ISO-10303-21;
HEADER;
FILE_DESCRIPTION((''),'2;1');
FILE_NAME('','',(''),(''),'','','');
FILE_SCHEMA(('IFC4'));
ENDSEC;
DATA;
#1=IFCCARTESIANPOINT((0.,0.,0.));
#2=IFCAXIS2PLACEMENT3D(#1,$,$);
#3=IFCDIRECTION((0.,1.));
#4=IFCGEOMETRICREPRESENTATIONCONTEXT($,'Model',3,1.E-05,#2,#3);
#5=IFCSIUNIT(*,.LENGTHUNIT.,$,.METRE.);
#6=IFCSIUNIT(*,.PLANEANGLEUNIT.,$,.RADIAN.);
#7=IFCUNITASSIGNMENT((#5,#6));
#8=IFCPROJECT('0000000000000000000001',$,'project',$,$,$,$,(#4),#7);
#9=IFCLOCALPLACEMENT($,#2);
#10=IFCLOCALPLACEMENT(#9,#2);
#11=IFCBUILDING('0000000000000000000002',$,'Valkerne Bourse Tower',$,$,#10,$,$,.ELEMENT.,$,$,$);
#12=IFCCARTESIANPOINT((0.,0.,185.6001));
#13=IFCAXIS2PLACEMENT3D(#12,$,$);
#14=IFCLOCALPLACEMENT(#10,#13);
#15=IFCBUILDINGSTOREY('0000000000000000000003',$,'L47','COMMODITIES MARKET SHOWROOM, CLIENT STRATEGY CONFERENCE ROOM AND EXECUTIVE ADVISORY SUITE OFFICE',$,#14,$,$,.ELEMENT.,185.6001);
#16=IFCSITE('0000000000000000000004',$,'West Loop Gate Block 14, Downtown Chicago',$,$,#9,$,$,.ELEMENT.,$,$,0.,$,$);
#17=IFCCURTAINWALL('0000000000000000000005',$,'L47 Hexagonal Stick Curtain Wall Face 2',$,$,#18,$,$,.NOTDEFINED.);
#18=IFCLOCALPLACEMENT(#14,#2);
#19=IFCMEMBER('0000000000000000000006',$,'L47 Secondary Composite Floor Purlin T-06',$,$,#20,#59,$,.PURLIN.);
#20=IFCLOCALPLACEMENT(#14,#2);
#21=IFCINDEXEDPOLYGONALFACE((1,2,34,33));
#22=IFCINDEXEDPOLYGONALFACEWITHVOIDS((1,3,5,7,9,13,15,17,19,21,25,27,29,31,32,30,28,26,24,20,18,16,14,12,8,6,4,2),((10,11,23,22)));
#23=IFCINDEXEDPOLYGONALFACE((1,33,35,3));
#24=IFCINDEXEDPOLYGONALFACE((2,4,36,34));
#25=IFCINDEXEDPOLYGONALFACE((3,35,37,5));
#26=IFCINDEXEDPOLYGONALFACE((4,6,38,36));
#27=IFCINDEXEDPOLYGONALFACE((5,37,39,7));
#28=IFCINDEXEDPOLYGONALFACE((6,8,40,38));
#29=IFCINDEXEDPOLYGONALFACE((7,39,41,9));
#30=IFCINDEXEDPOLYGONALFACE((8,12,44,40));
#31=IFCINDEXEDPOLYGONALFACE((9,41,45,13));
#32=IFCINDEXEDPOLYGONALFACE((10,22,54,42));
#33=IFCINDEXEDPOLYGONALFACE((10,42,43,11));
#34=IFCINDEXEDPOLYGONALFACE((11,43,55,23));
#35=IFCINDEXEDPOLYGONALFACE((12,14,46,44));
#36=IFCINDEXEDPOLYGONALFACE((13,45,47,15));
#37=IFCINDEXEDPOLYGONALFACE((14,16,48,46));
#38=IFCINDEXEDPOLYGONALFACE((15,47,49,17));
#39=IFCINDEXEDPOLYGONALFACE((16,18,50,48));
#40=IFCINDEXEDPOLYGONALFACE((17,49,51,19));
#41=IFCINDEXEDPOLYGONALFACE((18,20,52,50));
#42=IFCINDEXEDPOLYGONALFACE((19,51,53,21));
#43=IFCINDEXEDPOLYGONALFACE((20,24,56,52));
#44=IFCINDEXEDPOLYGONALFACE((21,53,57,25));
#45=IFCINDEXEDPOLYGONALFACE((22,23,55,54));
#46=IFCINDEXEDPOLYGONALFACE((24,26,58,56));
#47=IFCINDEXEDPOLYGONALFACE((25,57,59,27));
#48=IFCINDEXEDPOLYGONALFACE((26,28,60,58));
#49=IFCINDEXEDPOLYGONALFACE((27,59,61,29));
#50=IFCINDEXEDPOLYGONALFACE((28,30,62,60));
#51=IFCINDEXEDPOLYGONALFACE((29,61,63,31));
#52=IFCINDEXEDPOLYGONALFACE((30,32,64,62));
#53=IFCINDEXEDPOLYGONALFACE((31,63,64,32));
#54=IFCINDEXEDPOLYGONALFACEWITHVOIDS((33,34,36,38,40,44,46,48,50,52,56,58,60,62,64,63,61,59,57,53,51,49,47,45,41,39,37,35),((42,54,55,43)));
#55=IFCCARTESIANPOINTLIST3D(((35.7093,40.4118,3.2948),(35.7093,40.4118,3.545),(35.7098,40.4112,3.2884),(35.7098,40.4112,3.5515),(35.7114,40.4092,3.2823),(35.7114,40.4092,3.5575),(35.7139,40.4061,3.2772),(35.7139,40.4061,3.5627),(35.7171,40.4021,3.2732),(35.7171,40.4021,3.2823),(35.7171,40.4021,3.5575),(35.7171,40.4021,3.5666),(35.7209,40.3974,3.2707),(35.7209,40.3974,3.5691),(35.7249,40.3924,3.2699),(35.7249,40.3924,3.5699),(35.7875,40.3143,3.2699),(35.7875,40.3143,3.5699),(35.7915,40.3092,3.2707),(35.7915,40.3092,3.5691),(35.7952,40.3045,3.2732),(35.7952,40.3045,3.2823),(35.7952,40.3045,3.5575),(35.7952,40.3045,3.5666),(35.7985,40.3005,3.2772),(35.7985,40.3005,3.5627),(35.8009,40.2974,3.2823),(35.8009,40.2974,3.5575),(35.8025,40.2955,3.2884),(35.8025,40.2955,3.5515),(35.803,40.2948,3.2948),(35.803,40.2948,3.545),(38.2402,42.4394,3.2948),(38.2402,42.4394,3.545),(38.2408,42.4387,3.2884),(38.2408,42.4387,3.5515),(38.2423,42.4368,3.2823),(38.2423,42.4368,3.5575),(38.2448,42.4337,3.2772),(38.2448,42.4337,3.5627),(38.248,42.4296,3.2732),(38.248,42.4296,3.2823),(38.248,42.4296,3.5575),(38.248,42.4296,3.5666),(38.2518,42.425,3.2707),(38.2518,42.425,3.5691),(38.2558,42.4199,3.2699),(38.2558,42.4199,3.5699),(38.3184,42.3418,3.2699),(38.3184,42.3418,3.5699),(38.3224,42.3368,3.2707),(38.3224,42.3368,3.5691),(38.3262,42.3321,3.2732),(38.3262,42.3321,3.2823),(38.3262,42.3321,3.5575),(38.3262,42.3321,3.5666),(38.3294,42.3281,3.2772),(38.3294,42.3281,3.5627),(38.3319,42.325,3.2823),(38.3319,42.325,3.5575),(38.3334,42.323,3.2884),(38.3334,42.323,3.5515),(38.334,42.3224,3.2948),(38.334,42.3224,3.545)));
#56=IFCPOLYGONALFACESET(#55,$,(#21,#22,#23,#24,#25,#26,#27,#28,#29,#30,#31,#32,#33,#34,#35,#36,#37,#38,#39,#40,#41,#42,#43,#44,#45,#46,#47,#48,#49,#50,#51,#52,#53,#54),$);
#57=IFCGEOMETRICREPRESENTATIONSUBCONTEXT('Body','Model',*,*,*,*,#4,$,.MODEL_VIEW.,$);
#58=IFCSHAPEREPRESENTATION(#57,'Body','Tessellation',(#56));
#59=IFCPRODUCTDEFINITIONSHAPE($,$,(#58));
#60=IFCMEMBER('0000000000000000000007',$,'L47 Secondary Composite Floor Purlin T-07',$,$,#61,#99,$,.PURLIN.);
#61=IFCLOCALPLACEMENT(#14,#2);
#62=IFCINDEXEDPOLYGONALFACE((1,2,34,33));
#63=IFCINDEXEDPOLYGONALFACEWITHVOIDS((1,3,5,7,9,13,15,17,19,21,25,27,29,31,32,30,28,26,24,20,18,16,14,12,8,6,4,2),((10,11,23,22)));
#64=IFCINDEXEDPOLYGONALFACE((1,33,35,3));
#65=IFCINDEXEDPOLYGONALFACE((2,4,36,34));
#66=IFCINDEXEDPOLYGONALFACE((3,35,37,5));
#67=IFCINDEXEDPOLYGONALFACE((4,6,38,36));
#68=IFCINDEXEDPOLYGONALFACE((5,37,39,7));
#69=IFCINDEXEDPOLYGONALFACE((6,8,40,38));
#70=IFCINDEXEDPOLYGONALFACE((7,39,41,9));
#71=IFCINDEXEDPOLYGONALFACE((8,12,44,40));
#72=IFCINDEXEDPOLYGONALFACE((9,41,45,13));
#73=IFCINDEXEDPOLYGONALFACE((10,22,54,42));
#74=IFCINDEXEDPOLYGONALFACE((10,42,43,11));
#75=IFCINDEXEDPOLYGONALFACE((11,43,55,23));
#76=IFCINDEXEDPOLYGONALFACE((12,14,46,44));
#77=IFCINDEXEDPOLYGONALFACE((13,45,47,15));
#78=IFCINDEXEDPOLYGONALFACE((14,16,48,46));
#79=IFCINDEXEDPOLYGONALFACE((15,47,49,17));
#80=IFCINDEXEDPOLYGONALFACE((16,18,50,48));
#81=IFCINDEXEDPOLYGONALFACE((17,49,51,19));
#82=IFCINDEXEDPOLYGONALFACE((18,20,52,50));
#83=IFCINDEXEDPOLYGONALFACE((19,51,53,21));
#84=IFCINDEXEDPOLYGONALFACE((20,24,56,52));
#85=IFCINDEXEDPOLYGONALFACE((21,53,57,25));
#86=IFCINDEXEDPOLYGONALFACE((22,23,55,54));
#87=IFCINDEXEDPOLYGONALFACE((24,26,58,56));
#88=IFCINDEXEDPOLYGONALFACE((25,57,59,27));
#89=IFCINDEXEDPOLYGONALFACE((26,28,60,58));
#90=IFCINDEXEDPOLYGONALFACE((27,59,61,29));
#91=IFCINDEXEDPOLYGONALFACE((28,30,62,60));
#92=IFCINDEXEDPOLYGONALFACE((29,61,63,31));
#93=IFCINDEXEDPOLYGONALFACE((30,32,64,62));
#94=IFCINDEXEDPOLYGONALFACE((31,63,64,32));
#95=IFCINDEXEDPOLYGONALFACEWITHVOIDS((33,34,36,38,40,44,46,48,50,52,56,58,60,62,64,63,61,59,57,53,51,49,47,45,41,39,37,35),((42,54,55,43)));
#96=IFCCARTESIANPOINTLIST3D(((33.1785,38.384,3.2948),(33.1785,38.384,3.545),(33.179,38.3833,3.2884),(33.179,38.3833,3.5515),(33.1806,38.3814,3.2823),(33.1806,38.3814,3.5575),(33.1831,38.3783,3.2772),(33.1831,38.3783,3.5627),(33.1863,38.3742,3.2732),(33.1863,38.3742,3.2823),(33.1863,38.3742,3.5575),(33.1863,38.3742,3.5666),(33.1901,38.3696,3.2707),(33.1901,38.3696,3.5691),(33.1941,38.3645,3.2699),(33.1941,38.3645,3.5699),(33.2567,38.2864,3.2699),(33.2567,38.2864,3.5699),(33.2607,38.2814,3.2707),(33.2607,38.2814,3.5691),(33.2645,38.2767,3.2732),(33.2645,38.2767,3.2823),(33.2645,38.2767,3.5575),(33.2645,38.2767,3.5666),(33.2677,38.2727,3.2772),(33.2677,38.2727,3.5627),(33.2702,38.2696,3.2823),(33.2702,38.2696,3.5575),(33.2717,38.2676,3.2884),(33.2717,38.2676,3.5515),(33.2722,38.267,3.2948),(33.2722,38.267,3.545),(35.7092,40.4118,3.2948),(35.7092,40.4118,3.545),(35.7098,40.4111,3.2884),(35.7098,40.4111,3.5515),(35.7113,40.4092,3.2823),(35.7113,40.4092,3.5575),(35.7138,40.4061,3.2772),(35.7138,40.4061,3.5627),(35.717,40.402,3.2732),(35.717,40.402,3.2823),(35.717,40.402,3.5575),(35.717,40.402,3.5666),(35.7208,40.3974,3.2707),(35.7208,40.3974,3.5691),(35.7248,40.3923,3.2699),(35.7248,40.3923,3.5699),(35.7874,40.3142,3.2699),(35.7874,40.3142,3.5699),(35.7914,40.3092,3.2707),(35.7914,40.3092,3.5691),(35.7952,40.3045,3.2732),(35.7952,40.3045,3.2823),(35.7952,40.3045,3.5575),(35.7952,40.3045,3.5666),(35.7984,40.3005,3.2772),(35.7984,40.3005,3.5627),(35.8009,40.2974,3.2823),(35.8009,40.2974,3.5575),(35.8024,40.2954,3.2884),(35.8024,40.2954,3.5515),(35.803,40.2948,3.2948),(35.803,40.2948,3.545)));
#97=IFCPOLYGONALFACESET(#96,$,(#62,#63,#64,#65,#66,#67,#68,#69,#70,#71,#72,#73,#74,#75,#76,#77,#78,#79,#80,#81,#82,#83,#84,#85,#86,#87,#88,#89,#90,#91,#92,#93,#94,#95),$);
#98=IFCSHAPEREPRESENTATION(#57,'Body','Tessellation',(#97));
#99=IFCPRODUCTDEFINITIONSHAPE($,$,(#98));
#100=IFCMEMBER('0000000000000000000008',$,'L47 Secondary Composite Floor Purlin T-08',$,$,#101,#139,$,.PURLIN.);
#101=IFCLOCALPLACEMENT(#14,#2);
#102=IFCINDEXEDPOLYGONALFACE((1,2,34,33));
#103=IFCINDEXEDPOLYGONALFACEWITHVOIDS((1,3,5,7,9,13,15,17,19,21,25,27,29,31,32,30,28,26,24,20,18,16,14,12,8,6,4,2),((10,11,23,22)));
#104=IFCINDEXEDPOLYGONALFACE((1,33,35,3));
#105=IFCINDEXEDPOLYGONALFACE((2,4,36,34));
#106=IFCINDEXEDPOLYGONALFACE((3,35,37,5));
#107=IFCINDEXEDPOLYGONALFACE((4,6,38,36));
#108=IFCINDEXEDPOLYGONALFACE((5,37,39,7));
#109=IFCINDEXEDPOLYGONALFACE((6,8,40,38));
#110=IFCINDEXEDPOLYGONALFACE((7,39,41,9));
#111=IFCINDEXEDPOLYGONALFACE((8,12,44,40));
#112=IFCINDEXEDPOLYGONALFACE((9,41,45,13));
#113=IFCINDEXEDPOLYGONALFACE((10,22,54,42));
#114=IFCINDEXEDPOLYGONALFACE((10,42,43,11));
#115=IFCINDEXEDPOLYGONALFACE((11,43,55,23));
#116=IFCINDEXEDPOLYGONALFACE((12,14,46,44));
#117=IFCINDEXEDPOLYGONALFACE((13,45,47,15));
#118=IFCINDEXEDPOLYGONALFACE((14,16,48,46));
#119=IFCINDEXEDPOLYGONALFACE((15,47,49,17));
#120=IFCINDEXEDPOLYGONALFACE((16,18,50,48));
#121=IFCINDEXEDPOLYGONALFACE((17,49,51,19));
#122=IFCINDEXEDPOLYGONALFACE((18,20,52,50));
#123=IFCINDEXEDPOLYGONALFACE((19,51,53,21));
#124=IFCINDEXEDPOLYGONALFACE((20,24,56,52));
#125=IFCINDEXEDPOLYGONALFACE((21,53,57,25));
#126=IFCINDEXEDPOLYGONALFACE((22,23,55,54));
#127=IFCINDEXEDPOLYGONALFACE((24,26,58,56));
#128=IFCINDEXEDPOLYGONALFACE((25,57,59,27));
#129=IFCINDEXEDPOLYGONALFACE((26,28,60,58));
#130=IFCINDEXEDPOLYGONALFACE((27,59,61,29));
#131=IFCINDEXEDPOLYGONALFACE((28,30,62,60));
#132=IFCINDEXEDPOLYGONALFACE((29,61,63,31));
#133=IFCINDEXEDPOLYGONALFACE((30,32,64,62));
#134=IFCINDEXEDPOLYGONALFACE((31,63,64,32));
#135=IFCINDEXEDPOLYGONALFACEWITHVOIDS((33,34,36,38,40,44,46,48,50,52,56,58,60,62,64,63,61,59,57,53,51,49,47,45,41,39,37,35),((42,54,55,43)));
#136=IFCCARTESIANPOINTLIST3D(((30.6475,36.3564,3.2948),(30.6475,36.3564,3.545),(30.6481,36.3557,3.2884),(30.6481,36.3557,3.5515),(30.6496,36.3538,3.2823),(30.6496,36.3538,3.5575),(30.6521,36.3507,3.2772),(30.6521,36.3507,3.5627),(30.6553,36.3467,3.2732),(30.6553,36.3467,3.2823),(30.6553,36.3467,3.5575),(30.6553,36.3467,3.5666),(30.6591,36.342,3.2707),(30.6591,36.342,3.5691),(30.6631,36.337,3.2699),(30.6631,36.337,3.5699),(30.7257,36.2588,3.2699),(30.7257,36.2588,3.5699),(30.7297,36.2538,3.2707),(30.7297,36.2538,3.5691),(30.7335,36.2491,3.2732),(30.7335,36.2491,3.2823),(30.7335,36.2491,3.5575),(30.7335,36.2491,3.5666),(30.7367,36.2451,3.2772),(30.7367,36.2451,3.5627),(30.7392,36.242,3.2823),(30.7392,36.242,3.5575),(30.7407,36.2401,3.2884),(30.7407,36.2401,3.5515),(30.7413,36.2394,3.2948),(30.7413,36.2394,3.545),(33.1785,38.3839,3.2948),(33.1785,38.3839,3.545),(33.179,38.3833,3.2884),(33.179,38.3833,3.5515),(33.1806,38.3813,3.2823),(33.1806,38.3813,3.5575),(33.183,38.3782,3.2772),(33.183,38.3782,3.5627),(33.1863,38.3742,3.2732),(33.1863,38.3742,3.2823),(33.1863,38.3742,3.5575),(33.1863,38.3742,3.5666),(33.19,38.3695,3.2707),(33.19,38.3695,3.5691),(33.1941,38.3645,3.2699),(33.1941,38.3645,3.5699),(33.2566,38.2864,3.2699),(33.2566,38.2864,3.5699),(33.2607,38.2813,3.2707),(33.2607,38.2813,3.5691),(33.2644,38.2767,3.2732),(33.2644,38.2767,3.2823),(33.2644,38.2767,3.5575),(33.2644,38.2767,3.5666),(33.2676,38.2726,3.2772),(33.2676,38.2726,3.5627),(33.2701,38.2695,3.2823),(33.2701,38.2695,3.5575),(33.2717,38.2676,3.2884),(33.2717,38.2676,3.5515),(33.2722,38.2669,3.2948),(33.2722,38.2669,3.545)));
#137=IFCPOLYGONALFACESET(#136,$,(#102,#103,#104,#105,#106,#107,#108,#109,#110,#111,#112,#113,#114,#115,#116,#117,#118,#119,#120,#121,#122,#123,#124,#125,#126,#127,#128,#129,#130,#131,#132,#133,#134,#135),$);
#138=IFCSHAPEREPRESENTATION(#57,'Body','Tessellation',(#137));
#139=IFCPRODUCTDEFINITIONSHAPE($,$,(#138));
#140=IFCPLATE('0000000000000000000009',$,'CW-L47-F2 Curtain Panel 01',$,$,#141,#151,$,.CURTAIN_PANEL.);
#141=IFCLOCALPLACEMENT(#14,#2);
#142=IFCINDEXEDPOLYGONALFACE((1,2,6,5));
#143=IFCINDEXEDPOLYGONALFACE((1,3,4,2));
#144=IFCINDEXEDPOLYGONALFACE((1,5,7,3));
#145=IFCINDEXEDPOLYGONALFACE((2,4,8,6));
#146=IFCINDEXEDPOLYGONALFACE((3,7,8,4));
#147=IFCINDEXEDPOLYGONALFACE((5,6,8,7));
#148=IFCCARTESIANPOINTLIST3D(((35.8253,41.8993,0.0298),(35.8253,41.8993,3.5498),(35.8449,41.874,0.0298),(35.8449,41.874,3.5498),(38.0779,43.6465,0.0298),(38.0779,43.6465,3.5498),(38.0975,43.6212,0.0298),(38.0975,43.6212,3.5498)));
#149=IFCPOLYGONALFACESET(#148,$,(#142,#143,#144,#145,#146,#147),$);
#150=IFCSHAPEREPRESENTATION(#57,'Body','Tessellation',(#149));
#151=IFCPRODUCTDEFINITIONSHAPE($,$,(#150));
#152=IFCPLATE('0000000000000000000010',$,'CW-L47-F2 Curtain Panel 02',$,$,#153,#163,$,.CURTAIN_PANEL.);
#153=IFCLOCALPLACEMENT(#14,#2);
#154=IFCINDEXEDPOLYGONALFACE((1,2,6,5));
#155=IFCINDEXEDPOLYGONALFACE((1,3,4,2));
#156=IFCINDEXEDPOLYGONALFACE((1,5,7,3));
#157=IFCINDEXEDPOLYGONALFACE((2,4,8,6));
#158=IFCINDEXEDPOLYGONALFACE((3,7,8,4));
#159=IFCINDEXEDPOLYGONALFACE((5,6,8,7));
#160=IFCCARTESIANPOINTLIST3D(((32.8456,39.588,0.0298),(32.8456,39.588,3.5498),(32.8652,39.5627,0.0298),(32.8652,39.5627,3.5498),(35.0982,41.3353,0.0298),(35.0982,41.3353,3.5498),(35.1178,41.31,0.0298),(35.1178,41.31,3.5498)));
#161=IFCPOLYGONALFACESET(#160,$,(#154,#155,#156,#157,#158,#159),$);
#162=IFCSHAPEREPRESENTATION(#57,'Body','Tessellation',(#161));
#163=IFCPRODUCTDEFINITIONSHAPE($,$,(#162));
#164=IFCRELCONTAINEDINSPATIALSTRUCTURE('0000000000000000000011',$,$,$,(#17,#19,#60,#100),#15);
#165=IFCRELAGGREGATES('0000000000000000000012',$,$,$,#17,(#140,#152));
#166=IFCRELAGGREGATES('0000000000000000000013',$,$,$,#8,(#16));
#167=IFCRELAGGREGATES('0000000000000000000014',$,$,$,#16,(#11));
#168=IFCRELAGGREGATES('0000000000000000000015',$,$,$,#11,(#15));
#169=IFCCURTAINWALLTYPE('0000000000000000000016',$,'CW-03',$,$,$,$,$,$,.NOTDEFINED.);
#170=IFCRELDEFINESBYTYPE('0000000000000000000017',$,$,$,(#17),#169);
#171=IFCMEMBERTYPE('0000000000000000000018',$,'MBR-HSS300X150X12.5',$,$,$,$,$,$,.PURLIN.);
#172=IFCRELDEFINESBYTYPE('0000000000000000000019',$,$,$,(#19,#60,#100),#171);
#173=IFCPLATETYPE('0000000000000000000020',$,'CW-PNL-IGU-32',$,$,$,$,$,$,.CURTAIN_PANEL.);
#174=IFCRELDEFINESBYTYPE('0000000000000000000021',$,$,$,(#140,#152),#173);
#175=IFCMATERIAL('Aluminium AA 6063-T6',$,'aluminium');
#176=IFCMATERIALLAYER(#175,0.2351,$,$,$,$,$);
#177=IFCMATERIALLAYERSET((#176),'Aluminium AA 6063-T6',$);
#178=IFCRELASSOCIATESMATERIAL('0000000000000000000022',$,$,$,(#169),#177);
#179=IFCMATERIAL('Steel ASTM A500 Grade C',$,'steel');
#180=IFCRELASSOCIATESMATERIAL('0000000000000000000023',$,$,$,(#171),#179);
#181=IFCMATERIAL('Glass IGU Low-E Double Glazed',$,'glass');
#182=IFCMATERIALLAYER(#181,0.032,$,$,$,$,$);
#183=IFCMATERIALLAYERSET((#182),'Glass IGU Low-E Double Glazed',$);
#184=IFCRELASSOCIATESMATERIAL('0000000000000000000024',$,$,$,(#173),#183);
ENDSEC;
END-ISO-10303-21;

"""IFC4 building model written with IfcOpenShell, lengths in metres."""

from ifc_helpers import new_model, si_unit, direction, frame, origin, origin_2d, place, context, subcontext, project, spatial, rectangle, hollow_rectangle, extrude, material, layer, layer_set, material_profile, profile_set, type_object, element, aggregate, save


model = new_model("IFC4")

# Units and contexts
model_context = context("Model", 3, precision=1e-05, world=origin(), true_north=direction((0.0, 1.0)))
body_context = subcontext(model_context, "Body", "Model", "MODEL_VIEW")
ifc_project = project(units=[si_unit("LENGTHUNIT", "METRE"), si_unit("PLANEANGLEUNIT", "RADIAN")], contexts=[model_context])

# Site, building, storey
site_placement = place(None, origin())
site = spatial("IfcSite", under=ifc_project, at=site_placement, Name="West Loop Gate Block 14, Downtown Chicago", CompositionType="ELEMENT", RefElevation=0.0)
building_placement = place(site_placement, origin())
building = spatial("IfcBuilding", under=site, at=building_placement, Name="Valkerne Bourse Tower", CompositionType="ELEMENT")
storey_placement = place(building_placement, frame((0.0, 0.0, 185.6001)))
storey = spatial("IfcBuildingStorey", under=building, at=storey_placement, Name="L47", Description="COMMODITIES MARKET SHOWROOM, CLIENT STRATEGY CONFERENCE ROOM AND EXECUTIVE ADVISORY SUITE OFFICE", CompositionType="ELEMENT", Elevation=185.6001)

# Curtain wall
ifc_material_1 = material(Name="Aluminium AA 6063-T6", Category="aluminium")
ifc_layer_1 = layer(ifc_material_1, 0.2351)
ifc_layer_set_1 = layer_set([ifc_layer_1], Name="Aluminium AA 6063-T6")
curtain_wall_type = type_object("IfcCurtainWallType", Name="CW-03", PredefinedType="NOTDEFINED", material=ifc_layer_set_1)
curtain_wall_placement = place(storey_placement, origin())
curtain_wall = element("IfcCurtainWall", 1, at=curtain_wall_placement, inside=storey, type_object=curtain_wall_type, Name="L47 Hexagonal Stick Curtain Wall Face 2", PredefinedType="NOTDEFINED")

# Members
ifc_material_2 = material(Name="Steel ASTM A500 Grade C", Category="steel")
ifc_material_profile_1 = material_profile(ifc_material_2, hollow_rectangle(XDim=0.1499, YDim=0.3, WallThickness=0.0125, OuterFilletRadius=0.0249, at=origin_2d()), Name="HSS300X150X12.5")
ifc_profile_set_1 = profile_set([ifc_material_profile_1], Name="Steel ASTM A500 Grade C")
member_type_1 = type_object("IfcMemberType", Name="MBR-HSS300X150X12.5", PredefinedType="PURLIN", material=ifc_profile_set_1)
for number, where, z_axis, x_axis, name in (
    (2, (38.2871, 42.3809, 3.4199), (-0.78045, -0.625218, 0.0), (0.625218, -0.78045, 0.0), "L47 Secondary Composite Floor Purlin T-06"),
    (3, (35.7561, 40.3533, 3.4199), (-0.780384, -0.625301, 0.0), (0.625301, -0.780384, 0.0), "L47 Secondary Composite Floor Purlin T-07"),
    (4, (33.2253, 38.3254, 3.4199), (-0.78045, -0.625218, 0.0), (0.625218, -0.78045, 0.0), "L47 Secondary Composite Floor Purlin T-08"),
):
    element("IfcMember", number, at=place(storey_placement, frame(where, z_axis=z_axis, x_axis=x_axis)), inside=storey, type_object=member_type_1, Name=name, PredefinedType="PURLIN", context=body_context, shape_type="SweptSolid", body=[
        extrude(hollow_rectangle(XDim=0.1499, YDim=0.3, WallThickness=0.0125, OuterFilletRadius=0.0249, at=origin_2d()), origin(), (0.0, 0.0, 1.0), 3.2429),
    ])

# Plates
ifc_material_3 = material(Name="Glass IGU Low-E Double Glazed", Category="glass")
ifc_layer_2 = layer(ifc_material_3, 0.032)
ifc_layer_set_2 = layer_set([ifc_layer_2], Name="Glass IGU Low-E Double Glazed")
plate_type = type_object("IfcPlateType", Name="CW-PNL-IGU-32", PredefinedType="CURTAIN_PANEL", material=ifc_layer_set_2)
plate_1_placement = place(storey_placement, frame((36.9614, 42.7603, 0.0298), z_axis=(0.0, 0.0, 1.0), x_axis=(-0.790167, -0.612892, 0.0)))
plate_1 = element("IfcPlate", 5, at=plate_1_placement, type_object=plate_type, Name="CW-L47-F2 Curtain Panel 01", PredefinedType="CURTAIN_PANEL", context=body_context, shape_type="SweptSolid", body=[
    extrude(rectangle(XDim=2.8508, YDim=0.032, at=origin_2d()), origin(), (0.0, 0.0, 1.0), 3.52),
])
plate_2_placement = place(storey_placement, frame((33.9817, 40.449, 0.0298), z_axis=(0.0, 0.0, 1.0), x_axis=(-0.790154, -0.612908, 0.0)))
plate_2 = element("IfcPlate", 6, at=plate_2_placement, type_object=plate_type, Name="CW-L47-F2 Curtain Panel 02", PredefinedType="CURTAIN_PANEL", context=body_context, shape_type="SweptSolid", body=[
    extrude(rectangle(XDim=2.8508, YDim=0.032, at=origin_2d()), origin(), (0.0, 0.0, 1.0), 3.52),
])
aggregate(curtain_wall, [plate_1, plate_2])

save(model, "model.ifc")
